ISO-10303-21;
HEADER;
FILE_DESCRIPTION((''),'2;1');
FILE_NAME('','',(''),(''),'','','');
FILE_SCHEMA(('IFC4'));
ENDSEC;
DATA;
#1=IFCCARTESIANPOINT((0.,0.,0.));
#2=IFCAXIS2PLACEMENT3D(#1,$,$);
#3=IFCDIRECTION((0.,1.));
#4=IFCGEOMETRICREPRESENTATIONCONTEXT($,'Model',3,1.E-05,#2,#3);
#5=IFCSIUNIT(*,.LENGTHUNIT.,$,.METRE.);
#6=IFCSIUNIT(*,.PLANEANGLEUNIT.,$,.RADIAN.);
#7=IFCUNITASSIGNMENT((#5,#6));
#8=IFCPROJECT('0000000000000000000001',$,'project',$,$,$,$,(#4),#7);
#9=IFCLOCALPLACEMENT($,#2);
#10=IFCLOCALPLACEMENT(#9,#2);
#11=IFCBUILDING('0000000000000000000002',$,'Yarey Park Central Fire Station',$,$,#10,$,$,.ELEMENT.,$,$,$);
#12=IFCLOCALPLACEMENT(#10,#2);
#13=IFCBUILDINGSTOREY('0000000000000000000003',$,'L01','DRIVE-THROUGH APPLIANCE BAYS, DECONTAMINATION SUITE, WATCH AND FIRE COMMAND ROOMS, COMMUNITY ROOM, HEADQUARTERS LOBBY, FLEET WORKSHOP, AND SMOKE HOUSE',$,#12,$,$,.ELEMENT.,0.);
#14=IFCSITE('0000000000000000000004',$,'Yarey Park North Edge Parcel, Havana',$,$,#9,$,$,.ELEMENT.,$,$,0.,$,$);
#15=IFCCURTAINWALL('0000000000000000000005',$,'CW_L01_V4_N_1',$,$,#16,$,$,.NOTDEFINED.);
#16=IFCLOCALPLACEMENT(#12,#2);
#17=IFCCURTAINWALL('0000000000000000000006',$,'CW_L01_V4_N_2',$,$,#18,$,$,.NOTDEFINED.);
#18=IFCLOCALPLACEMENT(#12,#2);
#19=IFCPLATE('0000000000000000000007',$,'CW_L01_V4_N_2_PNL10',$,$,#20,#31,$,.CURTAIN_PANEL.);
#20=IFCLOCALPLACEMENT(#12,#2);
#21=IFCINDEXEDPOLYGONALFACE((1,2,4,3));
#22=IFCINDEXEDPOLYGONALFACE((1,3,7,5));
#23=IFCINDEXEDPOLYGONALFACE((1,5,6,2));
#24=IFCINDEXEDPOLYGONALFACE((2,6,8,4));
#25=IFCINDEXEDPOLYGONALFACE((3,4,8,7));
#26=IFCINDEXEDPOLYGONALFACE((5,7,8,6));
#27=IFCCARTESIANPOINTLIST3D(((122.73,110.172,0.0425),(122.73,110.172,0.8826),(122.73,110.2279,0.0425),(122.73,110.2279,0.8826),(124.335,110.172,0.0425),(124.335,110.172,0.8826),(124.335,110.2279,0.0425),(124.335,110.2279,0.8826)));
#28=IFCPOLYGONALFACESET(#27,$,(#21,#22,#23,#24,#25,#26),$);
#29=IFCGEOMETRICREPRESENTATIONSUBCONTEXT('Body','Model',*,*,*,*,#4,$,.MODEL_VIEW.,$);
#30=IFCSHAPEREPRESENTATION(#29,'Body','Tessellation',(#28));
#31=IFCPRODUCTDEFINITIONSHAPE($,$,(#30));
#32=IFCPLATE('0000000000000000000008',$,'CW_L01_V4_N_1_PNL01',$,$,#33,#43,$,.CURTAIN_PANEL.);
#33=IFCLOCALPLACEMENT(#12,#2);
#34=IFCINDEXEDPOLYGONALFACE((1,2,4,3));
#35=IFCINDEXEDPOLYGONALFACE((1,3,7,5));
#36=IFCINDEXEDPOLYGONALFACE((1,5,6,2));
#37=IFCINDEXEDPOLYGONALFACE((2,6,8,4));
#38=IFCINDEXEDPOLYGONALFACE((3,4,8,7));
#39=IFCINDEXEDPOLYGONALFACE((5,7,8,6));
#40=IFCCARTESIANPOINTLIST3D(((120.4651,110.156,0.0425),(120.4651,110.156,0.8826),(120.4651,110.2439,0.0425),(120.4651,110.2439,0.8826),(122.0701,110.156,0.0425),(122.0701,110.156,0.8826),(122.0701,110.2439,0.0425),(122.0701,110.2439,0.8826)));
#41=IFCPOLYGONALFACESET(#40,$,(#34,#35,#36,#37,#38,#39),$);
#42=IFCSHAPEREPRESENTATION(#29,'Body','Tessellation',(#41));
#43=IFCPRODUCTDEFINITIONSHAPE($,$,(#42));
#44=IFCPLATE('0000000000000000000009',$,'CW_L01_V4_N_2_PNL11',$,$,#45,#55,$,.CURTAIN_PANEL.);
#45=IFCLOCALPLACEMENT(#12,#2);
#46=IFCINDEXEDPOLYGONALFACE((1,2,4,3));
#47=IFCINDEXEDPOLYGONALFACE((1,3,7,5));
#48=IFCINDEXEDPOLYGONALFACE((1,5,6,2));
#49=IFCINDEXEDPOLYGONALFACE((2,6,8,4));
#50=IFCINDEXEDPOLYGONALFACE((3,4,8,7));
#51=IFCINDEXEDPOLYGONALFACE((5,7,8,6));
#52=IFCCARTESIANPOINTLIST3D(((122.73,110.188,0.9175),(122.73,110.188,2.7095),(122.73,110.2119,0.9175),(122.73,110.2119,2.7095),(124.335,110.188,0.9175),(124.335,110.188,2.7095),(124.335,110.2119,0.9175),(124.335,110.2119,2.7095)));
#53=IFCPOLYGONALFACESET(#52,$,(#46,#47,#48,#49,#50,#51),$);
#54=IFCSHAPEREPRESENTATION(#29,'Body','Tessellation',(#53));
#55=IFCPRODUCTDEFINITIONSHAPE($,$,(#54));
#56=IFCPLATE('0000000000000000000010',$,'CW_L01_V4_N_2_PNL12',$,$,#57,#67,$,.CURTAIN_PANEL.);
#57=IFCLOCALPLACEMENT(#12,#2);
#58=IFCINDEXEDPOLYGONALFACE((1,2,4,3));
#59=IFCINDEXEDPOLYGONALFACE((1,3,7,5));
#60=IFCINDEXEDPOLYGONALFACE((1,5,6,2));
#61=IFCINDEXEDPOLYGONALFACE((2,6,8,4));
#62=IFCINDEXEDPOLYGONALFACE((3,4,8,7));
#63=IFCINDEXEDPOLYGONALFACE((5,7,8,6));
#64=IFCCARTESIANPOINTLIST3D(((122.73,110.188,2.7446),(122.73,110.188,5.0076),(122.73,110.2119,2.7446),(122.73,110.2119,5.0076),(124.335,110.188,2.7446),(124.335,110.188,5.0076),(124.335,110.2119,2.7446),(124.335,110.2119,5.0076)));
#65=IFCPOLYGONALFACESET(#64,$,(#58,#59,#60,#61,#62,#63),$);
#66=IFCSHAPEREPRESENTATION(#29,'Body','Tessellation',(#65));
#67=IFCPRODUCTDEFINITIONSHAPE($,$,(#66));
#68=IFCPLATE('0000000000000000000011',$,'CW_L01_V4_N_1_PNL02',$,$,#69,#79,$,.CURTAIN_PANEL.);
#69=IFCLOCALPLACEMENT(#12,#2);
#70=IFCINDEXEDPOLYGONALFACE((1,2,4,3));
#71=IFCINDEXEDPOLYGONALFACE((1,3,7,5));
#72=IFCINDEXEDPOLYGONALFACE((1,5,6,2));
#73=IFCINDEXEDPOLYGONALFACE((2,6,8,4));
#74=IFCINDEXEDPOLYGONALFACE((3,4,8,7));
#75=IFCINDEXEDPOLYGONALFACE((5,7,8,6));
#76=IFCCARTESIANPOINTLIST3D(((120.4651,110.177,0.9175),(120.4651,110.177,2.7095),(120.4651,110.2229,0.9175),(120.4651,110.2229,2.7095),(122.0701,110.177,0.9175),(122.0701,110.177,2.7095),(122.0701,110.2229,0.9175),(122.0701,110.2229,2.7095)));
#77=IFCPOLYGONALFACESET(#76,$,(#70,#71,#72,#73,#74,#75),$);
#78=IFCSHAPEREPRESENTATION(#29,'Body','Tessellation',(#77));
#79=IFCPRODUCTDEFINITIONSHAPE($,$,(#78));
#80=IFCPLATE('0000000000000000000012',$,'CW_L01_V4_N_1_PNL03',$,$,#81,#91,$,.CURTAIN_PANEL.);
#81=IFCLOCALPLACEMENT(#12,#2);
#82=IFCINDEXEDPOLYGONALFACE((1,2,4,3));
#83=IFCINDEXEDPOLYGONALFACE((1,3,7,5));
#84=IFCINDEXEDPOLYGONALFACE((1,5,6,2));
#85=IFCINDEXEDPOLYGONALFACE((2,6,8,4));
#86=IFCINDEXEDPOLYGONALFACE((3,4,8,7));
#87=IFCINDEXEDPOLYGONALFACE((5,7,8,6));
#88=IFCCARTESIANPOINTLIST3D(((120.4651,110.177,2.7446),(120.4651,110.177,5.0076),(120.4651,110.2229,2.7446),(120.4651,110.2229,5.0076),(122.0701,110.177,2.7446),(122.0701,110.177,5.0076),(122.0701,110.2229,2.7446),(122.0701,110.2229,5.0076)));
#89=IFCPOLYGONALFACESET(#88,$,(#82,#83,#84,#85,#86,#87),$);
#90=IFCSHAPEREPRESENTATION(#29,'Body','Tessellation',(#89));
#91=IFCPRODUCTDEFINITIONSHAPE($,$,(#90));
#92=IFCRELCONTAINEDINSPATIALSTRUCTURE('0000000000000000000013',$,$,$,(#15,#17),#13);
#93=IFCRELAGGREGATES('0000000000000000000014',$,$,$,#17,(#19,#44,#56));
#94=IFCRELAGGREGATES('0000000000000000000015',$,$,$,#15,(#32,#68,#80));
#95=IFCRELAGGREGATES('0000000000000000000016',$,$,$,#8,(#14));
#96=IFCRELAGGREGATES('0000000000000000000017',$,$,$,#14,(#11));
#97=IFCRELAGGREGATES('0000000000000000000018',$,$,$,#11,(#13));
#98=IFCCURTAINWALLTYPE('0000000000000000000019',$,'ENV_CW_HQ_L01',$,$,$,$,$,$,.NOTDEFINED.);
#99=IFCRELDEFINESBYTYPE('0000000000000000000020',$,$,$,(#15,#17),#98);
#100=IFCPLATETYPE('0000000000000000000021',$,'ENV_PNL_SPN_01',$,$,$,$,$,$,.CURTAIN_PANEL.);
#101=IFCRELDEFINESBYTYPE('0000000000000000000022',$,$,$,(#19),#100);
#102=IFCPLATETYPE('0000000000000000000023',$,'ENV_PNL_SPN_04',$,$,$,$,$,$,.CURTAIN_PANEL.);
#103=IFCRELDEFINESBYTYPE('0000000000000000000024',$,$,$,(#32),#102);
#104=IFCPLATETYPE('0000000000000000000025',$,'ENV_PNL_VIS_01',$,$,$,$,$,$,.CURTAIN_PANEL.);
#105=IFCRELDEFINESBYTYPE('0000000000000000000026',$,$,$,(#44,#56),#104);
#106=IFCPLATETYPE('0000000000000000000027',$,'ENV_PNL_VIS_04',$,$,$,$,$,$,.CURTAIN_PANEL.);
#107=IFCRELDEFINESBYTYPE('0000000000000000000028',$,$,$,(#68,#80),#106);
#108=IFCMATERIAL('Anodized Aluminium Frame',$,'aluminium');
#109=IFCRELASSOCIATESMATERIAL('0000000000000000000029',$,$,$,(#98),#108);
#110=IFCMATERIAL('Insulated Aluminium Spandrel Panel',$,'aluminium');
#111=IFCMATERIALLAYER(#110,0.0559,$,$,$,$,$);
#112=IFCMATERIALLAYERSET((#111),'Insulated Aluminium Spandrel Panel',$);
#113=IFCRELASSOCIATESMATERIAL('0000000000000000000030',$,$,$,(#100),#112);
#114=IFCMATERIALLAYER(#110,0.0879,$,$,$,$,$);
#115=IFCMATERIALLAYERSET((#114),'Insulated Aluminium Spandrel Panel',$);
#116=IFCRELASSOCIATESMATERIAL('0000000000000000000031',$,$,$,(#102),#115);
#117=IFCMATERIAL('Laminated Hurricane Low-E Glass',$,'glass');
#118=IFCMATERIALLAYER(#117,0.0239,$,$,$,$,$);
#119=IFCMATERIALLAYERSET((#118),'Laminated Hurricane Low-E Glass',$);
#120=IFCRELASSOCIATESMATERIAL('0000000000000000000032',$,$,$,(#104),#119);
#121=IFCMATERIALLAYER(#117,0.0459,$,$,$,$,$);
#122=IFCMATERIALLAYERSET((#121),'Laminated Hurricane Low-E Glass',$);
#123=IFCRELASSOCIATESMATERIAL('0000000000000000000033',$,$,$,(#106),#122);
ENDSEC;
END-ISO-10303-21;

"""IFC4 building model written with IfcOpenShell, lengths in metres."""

from ifc_helpers import new_model, si_unit, direction, frame, origin, origin_2d, place, context, subcontext, project, spatial, rectangle, extrude, material, layer, layer_set, type_object, element, aggregate, save


model = new_model("IFC4")

# Units and contexts
model_context = context("Model", 3, precision=1e-05, world=origin(), true_north=direction((0.0, 1.0)))
body_context = subcontext(model_context, "Body", "Model", "MODEL_VIEW")
ifc_project = project(units=[si_unit("LENGTHUNIT", "METRE"), si_unit("PLANEANGLEUNIT", "RADIAN")], contexts=[model_context])

# Site, building, storey
site_placement = place(None, origin())
site = spatial("IfcSite", under=ifc_project, at=site_placement, Name="Yarey Park North Edge Parcel, Havana", CompositionType="ELEMENT", RefElevation=0.0)
building_placement = place(site_placement, origin())
building = spatial("IfcBuilding", under=site, at=building_placement, Name="Yarey Park Central Fire Station", CompositionType="ELEMENT")
storey_placement = place(building_placement, origin())
storey = spatial("IfcBuildingStorey", under=building, at=storey_placement, Name="L01", Description="DRIVE-THROUGH APPLIANCE BAYS, DECONTAMINATION SUITE, WATCH AND FIRE COMMAND ROOMS, COMMUNITY ROOM, HEADQUARTERS LOBBY, FLEET WORKSHOP, AND SMOKE HOUSE", CompositionType="ELEMENT", Elevation=0.0)

# Curtain wall
ifc_material_1 = material(Name="Anodized Aluminium Frame", Category="aluminium")
curtain_wall_type = type_object("IfcCurtainWallType", Name="ENV_CW_HQ_L01", PredefinedType="NOTDEFINED", material=ifc_material_1)
curtain_wall_1_placement = place(storey_placement, origin())
curtain_wall_1 = element("IfcCurtainWall", 1, at=curtain_wall_1_placement, inside=storey, type_object=curtain_wall_type, Name="CW_L01_V4_N_1", PredefinedType="NOTDEFINED")

# Curtain wall
curtain_wall_2_placement = place(storey_placement, origin())
curtain_wall_2 = element("IfcCurtainWall", 2, at=curtain_wall_2_placement, inside=storey, type_object=curtain_wall_type, Name="CW_L01_V4_N_2", PredefinedType="NOTDEFINED")

# Plates
ifc_material_2 = material(Name="Insulated Aluminium Spandrel Panel", Category="aluminium")
ifc_layer_1 = layer(ifc_material_2, 0.0559)
ifc_layer_set_1 = layer_set([ifc_layer_1], Name="Insulated Aluminium Spandrel Panel")
plate_type_1 = type_object("IfcPlateType", Name="ENV_PNL_SPN_01", PredefinedType="CURTAIN_PANEL", material=ifc_layer_set_1)
plate_1_placement = place(storey_placement, frame((123.5325, 110.2, 0.0425), z_axis=(0.0, 0.0, 1.0), x_axis=(-1.0, 0.0, 0.0)))
plate_1 = element("IfcPlate", 3, at=plate_1_placement, type_object=plate_type_1, Name="CW_L01_V4_N_2_PNL10", PredefinedType="CURTAIN_PANEL", context=body_context, shape_type="SweptSolid", body=[
    extrude(rectangle(XDim=1.605, YDim=0.0559, at=origin_2d()), origin(), (0.0, 0.0, 1.0), 0.8401),
])
ifc_layer_2 = layer(ifc_material_2, 0.0879)
ifc_layer_set_2 = layer_set([ifc_layer_2], Name="Insulated Aluminium Spandrel Panel")
plate_type_2 = type_object("IfcPlateType", Name="ENV_PNL_SPN_04", PredefinedType="CURTAIN_PANEL", material=ifc_layer_set_2)
plate_2_placement = place(storey_placement, frame((121.2676, 110.2, 0.0425), z_axis=(0.0, 0.0, 1.0), x_axis=(-1.0, 0.0, 0.0)))
plate_2 = element("IfcPlate", 4, at=plate_2_placement, type_object=plate_type_2, Name="CW_L01_V4_N_1_PNL01", PredefinedType="CURTAIN_PANEL", context=body_context, shape_type="SweptSolid", body=[
    extrude(rectangle(XDim=1.605, YDim=0.0879, at=origin_2d()), origin(), (0.0, 0.0, 1.0), 0.8401),
])
ifc_material_3 = material(Name="Laminated Hurricane Low-E Glass", Category="glass")
ifc_layer_3 = layer(ifc_material_3, 0.0239)
ifc_layer_set_3 = layer_set([ifc_layer_3], Name="Laminated Hurricane Low-E Glass")
plate_type_3 = type_object("IfcPlateType", Name="ENV_PNL_VIS_01", PredefinedType="CURTAIN_PANEL", material=ifc_layer_set_3)
plate_3_placement = place(storey_placement, frame((123.5325, 110.2, 0.9175), z_axis=(0.0, 0.0, 1.0), x_axis=(-1.0, 0.0, 0.0)))
plate_3 = element("IfcPlate", 5, at=plate_3_placement, type_object=plate_type_3, Name="CW_L01_V4_N_2_PNL11", PredefinedType="CURTAIN_PANEL", context=body_context, shape_type="SweptSolid", body=[
    extrude(rectangle(XDim=1.605, YDim=0.0239, at=origin_2d()), origin(), (0.0, 0.0, 1.0), 1.792),
])
plate_4_placement = place(storey_placement, frame((123.5325, 110.2, 2.7446), z_axis=(0.0, 0.0, 1.0), x_axis=(-1.0, 0.0, 0.0)))
plate_4 = element("IfcPlate", 6, at=plate_4_placement, type_object=plate_type_3, Name="CW_L01_V4_N_2_PNL12", PredefinedType="CURTAIN_PANEL", context=body_context, shape_type="SweptSolid", body=[
    extrude(rectangle(XDim=1.605, YDim=0.0239, at=origin_2d()), origin(), (0.0, 0.0, 1.0), 2.2629),
])
aggregate(curtain_wall_2, [plate_1, plate_3, plate_4])
ifc_layer_4 = layer(ifc_material_3, 0.0459)
ifc_layer_set_4 = layer_set([ifc_layer_4], Name="Laminated Hurricane Low-E Glass")
plate_type_4 = type_object("IfcPlateType", Name="ENV_PNL_VIS_04", PredefinedType="CURTAIN_PANEL", material=ifc_layer_set_4)
plate_5_placement = place(storey_placement, frame((121.2676, 110.2, 0.9175), z_axis=(0.0, 0.0, 1.0), x_axis=(-1.0, 0.0, 0.0)))
plate_5 = element("IfcPlate", 7, at=plate_5_placement, type_object=plate_type_4, Name="CW_L01_V4_N_1_PNL02", PredefinedType="CURTAIN_PANEL", context=body_context, shape_type="SweptSolid", body=[
    extrude(rectangle(XDim=1.605, YDim=0.0459, at=origin_2d()), origin(), (0.0, 0.0, 1.0), 1.792),
])
plate_6_placement = place(storey_placement, frame((121.2676, 110.2, 2.7446), z_axis=(0.0, 0.0, 1.0), x_axis=(-1.0, 0.0, 0.0)))
plate_6 = element("IfcPlate", 8, at=plate_6_placement, type_object=plate_type_4, Name="CW_L01_V4_N_1_PNL03", PredefinedType="CURTAIN_PANEL", context=body_context, shape_type="SweptSolid", body=[
    extrude(rectangle(XDim=1.605, YDim=0.0459, at=origin_2d()), origin(), (0.0, 0.0, 1.0), 2.2629),
])
aggregate(curtain_wall_1, [plate_2, plate_5, plate_6])

save(model, "model.ifc")
